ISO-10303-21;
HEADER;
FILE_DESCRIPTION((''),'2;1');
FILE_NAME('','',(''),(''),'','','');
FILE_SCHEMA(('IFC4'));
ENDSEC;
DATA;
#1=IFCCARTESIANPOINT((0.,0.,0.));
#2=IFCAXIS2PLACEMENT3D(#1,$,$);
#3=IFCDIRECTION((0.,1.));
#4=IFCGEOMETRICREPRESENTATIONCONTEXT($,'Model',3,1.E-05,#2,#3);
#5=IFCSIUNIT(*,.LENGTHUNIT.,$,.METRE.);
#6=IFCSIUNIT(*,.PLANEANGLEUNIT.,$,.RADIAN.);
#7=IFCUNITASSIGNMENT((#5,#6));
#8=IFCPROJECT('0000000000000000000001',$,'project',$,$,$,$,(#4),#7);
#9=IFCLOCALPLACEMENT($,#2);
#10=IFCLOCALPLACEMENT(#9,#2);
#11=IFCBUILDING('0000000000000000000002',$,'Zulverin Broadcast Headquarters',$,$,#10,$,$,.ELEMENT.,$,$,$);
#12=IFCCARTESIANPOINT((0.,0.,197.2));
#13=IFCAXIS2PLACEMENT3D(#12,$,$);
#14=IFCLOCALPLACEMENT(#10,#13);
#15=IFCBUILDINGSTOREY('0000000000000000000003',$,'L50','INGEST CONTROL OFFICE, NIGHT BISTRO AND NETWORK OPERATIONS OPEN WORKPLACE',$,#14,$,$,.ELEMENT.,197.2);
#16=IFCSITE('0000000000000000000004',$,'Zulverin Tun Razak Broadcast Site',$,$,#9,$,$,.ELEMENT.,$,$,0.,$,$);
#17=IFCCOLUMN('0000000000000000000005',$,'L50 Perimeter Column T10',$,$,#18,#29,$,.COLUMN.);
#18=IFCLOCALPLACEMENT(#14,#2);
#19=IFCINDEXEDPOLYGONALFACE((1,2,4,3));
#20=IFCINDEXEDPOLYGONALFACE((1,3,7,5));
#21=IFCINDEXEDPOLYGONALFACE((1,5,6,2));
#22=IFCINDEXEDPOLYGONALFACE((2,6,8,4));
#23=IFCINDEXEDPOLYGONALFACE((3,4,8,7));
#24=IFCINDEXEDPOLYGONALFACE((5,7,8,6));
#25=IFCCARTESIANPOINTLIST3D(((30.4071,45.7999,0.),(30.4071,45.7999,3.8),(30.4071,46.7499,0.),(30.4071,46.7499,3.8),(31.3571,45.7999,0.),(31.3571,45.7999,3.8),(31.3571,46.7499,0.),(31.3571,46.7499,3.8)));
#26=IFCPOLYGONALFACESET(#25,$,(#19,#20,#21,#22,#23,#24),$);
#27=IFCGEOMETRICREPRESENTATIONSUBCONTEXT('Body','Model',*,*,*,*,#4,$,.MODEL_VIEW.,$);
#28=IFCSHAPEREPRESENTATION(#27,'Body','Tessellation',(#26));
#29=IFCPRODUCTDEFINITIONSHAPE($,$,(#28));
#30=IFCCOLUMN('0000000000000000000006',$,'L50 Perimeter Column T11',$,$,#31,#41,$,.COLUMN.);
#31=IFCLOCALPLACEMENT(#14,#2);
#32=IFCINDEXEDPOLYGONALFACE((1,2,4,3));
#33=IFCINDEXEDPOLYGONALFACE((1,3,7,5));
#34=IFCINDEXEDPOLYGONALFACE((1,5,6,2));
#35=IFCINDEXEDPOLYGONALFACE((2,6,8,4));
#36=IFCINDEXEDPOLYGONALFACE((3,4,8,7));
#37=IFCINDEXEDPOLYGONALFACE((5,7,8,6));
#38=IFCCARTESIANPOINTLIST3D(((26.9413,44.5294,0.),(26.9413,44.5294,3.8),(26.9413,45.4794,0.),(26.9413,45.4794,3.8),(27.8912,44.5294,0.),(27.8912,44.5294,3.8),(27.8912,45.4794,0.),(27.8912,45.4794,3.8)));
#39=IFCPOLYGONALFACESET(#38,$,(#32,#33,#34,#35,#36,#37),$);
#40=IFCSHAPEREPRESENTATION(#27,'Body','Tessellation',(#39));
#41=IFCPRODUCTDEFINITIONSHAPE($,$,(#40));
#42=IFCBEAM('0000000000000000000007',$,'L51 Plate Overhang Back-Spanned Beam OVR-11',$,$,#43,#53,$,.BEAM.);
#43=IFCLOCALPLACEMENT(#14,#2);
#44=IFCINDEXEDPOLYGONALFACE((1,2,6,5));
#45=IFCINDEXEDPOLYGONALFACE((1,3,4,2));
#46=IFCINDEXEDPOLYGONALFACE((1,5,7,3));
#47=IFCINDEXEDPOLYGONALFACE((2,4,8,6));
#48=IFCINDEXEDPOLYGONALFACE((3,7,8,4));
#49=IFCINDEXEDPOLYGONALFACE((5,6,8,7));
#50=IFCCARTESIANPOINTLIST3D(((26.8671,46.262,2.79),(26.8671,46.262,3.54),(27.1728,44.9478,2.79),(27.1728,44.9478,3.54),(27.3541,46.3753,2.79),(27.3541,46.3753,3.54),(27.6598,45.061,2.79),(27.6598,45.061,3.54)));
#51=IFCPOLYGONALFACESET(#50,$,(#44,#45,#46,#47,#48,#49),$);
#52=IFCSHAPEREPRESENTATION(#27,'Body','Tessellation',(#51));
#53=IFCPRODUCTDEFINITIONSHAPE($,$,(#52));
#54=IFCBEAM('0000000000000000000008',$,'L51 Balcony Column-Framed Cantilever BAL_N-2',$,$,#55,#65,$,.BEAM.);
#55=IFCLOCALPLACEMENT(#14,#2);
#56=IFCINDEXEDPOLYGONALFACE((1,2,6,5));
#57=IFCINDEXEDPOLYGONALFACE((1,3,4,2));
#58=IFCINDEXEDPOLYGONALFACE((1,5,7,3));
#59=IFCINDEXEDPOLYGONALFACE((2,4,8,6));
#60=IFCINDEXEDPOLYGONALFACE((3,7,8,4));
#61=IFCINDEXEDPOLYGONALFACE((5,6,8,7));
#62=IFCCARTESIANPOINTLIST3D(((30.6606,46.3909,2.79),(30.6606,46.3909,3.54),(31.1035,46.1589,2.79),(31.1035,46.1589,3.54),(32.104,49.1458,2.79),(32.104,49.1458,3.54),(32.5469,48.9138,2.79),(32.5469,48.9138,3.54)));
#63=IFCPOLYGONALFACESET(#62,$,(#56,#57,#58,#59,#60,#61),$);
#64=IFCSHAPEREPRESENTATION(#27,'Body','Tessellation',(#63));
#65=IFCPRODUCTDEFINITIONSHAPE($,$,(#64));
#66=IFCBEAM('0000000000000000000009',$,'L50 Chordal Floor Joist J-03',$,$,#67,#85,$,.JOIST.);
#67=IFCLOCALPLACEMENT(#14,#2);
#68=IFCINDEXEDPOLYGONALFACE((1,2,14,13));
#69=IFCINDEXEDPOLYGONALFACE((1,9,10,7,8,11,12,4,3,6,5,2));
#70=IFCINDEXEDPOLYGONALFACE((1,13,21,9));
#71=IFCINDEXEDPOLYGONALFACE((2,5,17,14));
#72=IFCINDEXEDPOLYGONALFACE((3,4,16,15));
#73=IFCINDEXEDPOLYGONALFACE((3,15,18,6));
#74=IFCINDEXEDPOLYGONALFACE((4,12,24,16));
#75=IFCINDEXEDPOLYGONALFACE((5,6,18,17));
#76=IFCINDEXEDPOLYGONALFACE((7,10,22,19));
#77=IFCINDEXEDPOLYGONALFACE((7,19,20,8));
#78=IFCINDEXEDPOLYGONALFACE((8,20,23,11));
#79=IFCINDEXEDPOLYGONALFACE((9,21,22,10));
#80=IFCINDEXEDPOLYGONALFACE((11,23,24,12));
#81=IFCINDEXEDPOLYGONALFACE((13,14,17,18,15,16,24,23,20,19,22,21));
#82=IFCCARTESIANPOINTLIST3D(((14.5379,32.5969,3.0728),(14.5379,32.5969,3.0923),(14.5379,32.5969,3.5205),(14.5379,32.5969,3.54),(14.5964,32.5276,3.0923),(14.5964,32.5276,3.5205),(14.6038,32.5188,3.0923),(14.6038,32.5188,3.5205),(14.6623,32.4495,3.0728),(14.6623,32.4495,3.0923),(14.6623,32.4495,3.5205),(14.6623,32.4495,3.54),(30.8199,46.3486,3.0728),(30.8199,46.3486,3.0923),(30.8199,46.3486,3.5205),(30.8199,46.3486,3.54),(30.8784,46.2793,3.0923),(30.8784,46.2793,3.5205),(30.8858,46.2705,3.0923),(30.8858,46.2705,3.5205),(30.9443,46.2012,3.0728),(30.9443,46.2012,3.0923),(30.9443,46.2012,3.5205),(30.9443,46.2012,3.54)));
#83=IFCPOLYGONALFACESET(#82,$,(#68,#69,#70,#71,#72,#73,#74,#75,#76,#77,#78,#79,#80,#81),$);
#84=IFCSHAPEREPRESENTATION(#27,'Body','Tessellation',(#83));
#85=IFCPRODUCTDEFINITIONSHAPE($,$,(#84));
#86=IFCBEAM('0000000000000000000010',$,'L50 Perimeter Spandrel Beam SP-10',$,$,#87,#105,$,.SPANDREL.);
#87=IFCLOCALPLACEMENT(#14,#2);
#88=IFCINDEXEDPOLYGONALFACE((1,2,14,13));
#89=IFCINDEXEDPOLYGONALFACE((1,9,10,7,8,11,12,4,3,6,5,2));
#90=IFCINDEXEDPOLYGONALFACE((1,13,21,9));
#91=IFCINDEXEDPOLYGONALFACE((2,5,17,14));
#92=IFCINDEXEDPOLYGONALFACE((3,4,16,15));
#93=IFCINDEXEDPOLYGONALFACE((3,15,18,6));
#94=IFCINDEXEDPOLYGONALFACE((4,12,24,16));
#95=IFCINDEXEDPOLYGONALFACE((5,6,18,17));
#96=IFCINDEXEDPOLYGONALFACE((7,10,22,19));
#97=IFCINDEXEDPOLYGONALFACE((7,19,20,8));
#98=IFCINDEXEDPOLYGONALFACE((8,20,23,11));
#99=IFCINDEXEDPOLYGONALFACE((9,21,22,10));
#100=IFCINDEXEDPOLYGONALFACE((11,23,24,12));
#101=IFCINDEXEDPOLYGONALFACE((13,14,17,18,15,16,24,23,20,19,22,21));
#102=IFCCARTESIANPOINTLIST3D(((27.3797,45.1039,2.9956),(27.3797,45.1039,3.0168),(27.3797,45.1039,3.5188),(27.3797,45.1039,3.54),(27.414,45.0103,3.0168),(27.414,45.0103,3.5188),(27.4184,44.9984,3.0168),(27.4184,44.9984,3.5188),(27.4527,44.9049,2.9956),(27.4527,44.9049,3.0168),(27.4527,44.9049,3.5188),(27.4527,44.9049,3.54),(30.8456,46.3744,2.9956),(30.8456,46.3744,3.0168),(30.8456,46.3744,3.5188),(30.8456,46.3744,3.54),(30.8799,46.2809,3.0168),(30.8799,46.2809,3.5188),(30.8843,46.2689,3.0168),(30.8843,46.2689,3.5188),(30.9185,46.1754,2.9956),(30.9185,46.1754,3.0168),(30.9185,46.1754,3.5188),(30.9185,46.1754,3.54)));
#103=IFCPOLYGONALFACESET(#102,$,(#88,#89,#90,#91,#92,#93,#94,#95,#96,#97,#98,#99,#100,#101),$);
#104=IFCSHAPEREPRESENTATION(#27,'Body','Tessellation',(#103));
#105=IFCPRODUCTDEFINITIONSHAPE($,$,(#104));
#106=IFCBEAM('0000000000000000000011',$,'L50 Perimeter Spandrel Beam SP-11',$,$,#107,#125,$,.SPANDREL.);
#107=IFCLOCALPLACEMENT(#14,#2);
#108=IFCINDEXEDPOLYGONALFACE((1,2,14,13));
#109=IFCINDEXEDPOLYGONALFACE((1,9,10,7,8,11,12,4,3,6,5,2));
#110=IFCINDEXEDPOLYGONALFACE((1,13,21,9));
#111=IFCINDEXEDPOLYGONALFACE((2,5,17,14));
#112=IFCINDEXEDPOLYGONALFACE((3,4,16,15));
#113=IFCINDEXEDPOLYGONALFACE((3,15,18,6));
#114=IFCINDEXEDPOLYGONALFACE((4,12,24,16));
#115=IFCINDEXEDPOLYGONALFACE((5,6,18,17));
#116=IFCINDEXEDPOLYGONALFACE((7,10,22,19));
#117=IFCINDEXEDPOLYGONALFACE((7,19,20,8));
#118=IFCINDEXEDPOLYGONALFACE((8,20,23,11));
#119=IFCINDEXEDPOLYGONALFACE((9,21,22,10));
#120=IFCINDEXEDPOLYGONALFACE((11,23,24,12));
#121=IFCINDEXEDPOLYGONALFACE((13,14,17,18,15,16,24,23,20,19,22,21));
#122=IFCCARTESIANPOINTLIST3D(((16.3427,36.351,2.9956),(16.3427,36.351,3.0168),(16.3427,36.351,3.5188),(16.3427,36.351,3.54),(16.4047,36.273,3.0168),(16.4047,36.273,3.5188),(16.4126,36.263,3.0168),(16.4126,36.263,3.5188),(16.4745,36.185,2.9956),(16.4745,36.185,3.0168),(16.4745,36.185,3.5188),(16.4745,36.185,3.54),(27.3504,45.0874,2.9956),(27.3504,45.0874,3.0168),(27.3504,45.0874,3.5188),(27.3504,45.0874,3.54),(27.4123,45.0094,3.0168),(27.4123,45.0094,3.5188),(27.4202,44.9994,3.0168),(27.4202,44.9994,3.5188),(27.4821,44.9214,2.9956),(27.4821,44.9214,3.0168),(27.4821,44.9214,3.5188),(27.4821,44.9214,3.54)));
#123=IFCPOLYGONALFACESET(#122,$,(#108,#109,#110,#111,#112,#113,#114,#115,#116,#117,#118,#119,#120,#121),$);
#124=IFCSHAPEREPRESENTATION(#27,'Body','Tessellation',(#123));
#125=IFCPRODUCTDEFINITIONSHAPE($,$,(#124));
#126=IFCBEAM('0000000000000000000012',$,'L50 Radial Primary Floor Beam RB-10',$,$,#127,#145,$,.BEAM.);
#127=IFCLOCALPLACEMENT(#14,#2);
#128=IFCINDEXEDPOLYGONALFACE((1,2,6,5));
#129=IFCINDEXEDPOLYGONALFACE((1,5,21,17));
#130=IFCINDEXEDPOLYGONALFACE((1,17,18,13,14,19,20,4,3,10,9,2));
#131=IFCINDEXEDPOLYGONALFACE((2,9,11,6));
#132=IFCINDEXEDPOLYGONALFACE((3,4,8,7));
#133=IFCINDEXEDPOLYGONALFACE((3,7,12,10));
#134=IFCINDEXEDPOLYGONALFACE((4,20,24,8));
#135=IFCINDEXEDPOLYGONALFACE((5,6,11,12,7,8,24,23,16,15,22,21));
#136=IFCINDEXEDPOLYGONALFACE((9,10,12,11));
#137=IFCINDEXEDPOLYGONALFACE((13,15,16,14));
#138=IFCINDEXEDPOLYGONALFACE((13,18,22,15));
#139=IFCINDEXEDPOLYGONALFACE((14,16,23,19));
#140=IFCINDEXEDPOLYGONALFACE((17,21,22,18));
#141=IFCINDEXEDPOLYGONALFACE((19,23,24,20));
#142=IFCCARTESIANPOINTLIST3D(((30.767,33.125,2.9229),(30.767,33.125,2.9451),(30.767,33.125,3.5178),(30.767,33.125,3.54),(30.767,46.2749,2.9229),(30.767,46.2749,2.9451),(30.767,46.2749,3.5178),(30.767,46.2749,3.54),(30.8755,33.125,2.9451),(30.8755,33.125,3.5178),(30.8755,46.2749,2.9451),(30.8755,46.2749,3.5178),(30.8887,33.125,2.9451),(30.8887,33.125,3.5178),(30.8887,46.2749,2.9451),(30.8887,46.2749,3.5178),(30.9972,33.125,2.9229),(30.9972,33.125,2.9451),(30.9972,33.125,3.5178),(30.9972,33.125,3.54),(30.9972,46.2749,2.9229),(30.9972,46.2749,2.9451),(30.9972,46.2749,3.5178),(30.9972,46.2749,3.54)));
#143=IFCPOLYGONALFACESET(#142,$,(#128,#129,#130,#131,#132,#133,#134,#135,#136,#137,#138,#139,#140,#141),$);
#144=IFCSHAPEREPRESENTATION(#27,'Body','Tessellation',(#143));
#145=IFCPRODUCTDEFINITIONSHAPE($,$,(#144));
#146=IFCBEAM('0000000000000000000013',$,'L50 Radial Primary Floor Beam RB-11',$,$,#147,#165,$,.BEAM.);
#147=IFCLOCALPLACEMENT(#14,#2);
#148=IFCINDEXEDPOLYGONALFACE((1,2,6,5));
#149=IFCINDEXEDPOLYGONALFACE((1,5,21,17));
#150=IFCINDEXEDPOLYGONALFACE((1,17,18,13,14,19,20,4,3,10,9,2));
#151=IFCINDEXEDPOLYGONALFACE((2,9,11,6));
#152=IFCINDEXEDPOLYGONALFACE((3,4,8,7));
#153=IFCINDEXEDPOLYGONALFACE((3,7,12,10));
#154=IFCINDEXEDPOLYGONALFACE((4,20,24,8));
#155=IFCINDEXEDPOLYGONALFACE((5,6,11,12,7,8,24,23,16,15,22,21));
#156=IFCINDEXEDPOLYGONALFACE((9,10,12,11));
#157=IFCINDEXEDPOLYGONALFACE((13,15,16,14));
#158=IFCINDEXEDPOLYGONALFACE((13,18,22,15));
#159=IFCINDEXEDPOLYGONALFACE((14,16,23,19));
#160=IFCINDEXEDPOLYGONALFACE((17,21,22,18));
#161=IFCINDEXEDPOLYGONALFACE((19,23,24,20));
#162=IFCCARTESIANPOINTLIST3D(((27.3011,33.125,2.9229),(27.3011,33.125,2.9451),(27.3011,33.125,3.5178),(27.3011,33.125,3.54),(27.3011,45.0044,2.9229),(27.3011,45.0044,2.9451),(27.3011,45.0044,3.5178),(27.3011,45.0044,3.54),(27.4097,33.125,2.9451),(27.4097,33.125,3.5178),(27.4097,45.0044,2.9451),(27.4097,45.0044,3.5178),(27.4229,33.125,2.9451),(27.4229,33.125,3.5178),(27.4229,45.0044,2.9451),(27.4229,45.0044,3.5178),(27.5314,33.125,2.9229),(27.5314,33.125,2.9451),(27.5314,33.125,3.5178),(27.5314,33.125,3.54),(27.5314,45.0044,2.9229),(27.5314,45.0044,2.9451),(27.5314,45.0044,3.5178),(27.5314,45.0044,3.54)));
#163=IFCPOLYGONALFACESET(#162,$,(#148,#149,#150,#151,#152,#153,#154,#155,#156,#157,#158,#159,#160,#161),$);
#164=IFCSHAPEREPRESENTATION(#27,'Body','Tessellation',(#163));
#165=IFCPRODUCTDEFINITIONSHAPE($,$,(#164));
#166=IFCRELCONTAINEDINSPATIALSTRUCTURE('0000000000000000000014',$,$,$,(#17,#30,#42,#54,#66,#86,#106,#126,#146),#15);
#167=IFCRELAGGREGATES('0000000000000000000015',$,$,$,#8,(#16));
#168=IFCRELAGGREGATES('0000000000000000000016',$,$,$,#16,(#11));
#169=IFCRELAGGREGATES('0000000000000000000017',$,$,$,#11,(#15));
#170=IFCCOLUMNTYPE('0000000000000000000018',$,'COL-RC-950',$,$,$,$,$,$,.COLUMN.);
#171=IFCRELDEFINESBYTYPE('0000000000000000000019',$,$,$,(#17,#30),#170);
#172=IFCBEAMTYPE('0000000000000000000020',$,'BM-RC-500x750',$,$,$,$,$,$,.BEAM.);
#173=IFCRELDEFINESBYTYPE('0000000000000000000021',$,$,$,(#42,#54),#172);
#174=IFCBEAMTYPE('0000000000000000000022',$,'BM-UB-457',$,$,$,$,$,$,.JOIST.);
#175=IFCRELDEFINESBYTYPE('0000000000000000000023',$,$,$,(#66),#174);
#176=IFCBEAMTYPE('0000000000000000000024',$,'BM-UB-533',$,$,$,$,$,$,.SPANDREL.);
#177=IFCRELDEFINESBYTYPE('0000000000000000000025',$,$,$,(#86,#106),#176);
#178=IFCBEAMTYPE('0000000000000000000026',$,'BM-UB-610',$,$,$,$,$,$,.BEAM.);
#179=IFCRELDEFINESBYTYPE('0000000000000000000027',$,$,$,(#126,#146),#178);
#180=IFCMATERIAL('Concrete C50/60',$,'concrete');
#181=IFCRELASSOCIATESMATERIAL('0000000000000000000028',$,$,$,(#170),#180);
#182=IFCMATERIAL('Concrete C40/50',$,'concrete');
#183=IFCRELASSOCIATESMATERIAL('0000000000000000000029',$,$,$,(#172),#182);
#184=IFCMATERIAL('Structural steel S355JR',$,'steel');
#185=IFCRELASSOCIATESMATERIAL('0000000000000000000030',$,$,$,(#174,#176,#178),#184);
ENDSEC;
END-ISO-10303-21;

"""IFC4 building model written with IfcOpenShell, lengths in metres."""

from ifc_helpers import new_model, si_unit, direction, frame, origin, origin_2d, place, context, subcontext, project, spatial, rectangle, i_section, extrude, material, material_profile, profile_set, type_object, element, save


model = new_model("IFC4")

# Units and contexts
model_context = context("Model", 3, precision=1e-05, world=origin(), true_north=direction((0.0, 1.0)))
body_context = subcontext(model_context, "Body", "Model", "MODEL_VIEW")
ifc_project = project(units=[si_unit("LENGTHUNIT", "METRE"), si_unit("PLANEANGLEUNIT", "RADIAN")], contexts=[model_context])

# Site, building, storey
site_placement = place(None, origin())
site = spatial("IfcSite", under=ifc_project, at=site_placement, Name="Zulverin Tun Razak Broadcast Site", CompositionType="ELEMENT", RefElevation=0.0)
building_placement = place(site_placement, origin())
building = spatial("IfcBuilding", under=site, at=building_placement, Name="Zulverin Broadcast Headquarters", CompositionType="ELEMENT")
storey_placement = place(building_placement, frame((0.0, 0.0, 197.2)))
storey = spatial("IfcBuildingStorey", under=building, at=storey_placement, Name="L50", Description="INGEST CONTROL OFFICE, NIGHT BISTRO AND NETWORK OPERATIONS OPEN WORKPLACE", CompositionType="ELEMENT", Elevation=197.2)

# Columns
ifc_material_1 = material(Name="Concrete C50/60", Category="concrete")
ifc_material_profile_1 = material_profile(ifc_material_1, rectangle(XDim=0.95, YDim=0.95, at=origin_2d()), Name="Concrete C50/60", Category="concrete")
ifc_profile_set_1 = profile_set([ifc_material_profile_1], Name="Concrete C50/60")
column_type = type_object("IfcColumnType", Name="COL-RC-950", PredefinedType="COLUMN", material=ifc_profile_set_1)
for number, where, z_axis, x_axis, name in (
    (1, (30.8821, 46.2749, 0.0), (0.0, 0.0, 1.0), (1.0, 0.0, 0.0), "L50 Perimeter Column T10"),
    (2, (27.4163, 45.0044, 0.0), (0.0, 0.0, 1.0), (1.0, 0.0, 0.0), "L50 Perimeter Column T11"),
):
    element("IfcColumn", number, at=place(storey_placement, frame(where, z_axis=z_axis, x_axis=x_axis)), inside=storey, type_object=column_type, Name=name, PredefinedType="COLUMN", context=body_context, shape_type="SweptSolid", body=[
        extrude(rectangle(XDim=0.95, YDim=0.95, at=origin_2d()), origin(), (0.0, 0.0, 1.0), 3.8),
    ])

# Beams
ifc_material_2 = material(Name="Concrete C40/50", Category="concrete")
ifc_material_profile_2 = material_profile(ifc_material_2, rectangle(XDim=0.5, YDim=0.75, at=origin_2d()), Name="Concrete C40/50", Category="concrete")
ifc_profile_set_2 = profile_set([ifc_material_profile_2], Name="Concrete C40/50")
beam_type_1 = type_object("IfcBeamType", Name="BM-RC-500x750", PredefinedType="BEAM", material=ifc_profile_set_2)
beam_1_placement = place(storey_placement, frame((27.4163, 45.0044, 3.165), z_axis=(-0.226537, 0.974002, 0.0), x_axis=(-0.974002, -0.226537, 0.0)))
element("IfcBeam", 3, at=beam_1_placement, inside=storey, type_object=beam_type_1, Name="L51 Plate Overhang Back-Spanned Beam OVR-11", PredefinedType="BEAM", context=body_context, shape_type="SweptSolid", body=[
    extrude(rectangle(XDim=0.5, YDim=0.75, at=origin_2d()), origin(), (0.0, 0.0, 1.0), 1.3494),
])
beam_2_placement = place(storey_placement, frame((30.8821, 46.2749, 3.165), z_axis=(0.464089, 0.885789, 0.0), x_axis=(-0.885789, 0.464089, 0.0)))
element("IfcBeam", 4, at=beam_2_placement, inside=storey, type_object=beam_type_1, Name="L51 Balcony Column-Framed Cantilever BAL_N-2", PredefinedType="BEAM", context=body_context, shape_type="SweptSolid", body=[
    extrude(rectangle(XDim=0.5, YDim=0.75, at=origin_2d()), origin(), (0.0, 0.0, 1.0), 3.1101),
])
ifc_material_3 = material(Name="Structural steel S355JR", Category="steel")
ifc_material_profile_3 = material_profile(ifc_material_3, i_section(OverallWidth=0.1929, OverallDepth=0.4673, WebThickness=0.0115, FlangeThickness=0.0195, at=origin_2d()), Name="Structural steel S355JR", Category="steel")
ifc_profile_set_3 = profile_set([ifc_material_profile_3], Name="Structural steel S355JR")
beam_type_2 = type_object("IfcBeamType", Name="BM-UB-457", PredefinedType="JOIST", material=ifc_profile_set_3)
beam_3_placement = place(storey_placement, frame((30.8821, 46.2749, 3.3064), z_axis=(-0.763973, -0.645249, 0.0), x_axis=(0.645249, -0.763973, 0.0)))
element("IfcBeam", 5, at=beam_3_placement, inside=storey, type_object=beam_type_2, Name="L50 Chordal Floor Joist J-03", PredefinedType="JOIST", context=body_context, shape_type="SweptSolid", body=[
    extrude(i_section(OverallWidth=0.1929, OverallDepth=0.4673, WebThickness=0.0115, FlangeThickness=0.0195, at=origin_2d()), origin(), (0.0, 0.0, 1.0), 21.3123),
])
ifc_material_profile_4 = material_profile(ifc_material_3, i_section(OverallWidth=0.2119, OverallDepth=0.5444, WebThickness=0.0127, FlangeThickness=0.0212, at=origin_2d()), Name="Structural steel S355JR", Category="steel")
ifc_profile_set_4 = profile_set([ifc_material_profile_4], Name="Structural steel S355JR")
beam_type_3 = type_object("IfcBeamType", Name="BM-UB-533", PredefinedType="SPANDREL", material=ifc_profile_set_4)
beam_4_placement = place(storey_placement, frame((30.8821, 46.2749, 3.2678), z_axis=(-0.938902, -0.344185, 0.0), x_axis=(0.344185, -0.938902, 0.0)))
element("IfcBeam", 6, at=beam_4_placement, inside=storey, type_object=beam_type_3, Name="L50 Perimeter Spandrel Beam SP-10", PredefinedType="SPANDREL", context=body_context, shape_type="SweptSolid", body=[
    extrude(i_section(OverallWidth=0.2119, OverallDepth=0.5444, WebThickness=0.0127, FlangeThickness=0.0212, at=origin_2d()), origin(), (0.0, 0.0, 1.0), 3.6914),
])
beam_5_placement = place(storey_placement, frame((27.4163, 45.0044, 3.2678), z_axis=(-0.783283, -0.621665, 0.0), x_axis=(0.621665, -0.783283, 0.0)))
element("IfcBeam", 7, at=beam_5_placement, inside=storey, type_object=beam_type_3, Name="L50 Perimeter Spandrel Beam SP-11", PredefinedType="SPANDREL", context=body_context, shape_type="SweptSolid", body=[
    extrude(i_section(OverallWidth=0.2119, OverallDepth=0.5444, WebThickness=0.0127, FlangeThickness=0.0212, at=origin_2d()), origin(), (0.0, 0.0, 1.0), 14.0532),
])
ifc_material_profile_5 = material_profile(ifc_material_3, i_section(OverallWidth=0.2302, OverallDepth=0.6172, WebThickness=0.0132, FlangeThickness=0.0222, at=origin_2d()), Name="Structural steel S355JR", Category="steel")
ifc_profile_set_5 = profile_set([ifc_material_profile_5], Name="Structural steel S355JR")
beam_type_4 = type_object("IfcBeamType", Name="BM-UB-610", PredefinedType="BEAM", material=ifc_profile_set_5)
beam_6_placement = place(storey_placement, frame((30.8821, 33.125, 3.2314), z_axis=(0.0, 1.0, 0.0), x_axis=(-1.0, 0.0, 0.0)))
element("IfcBeam", 8, at=beam_6_placement, inside=storey, type_object=beam_type_4, Name="L50 Radial Primary Floor Beam RB-10", PredefinedType="BEAM", context=body_context, shape_type="SweptSolid", body=[
    extrude(i_section(OverallWidth=0.2302, OverallDepth=0.6172, WebThickness=0.0132, FlangeThickness=0.0222, at=origin_2d()), origin(), (0.0, 0.0, 1.0), 13.1499),
])
beam_7_placement = place(storey_placement, frame((27.4163, 33.125, 3.2314), z_axis=(0.0, 1.0, 0.0), x_axis=(-1.0, 0.0, 0.0)))
element("IfcBeam", 9, at=beam_7_placement, inside=storey, type_object=beam_type_4, Name="L50 Radial Primary Floor Beam RB-11", PredefinedType="BEAM", context=body_context, shape_type="SweptSolid", body=[
    extrude(i_section(OverallWidth=0.2302, OverallDepth=0.6172, WebThickness=0.0132, FlangeThickness=0.0222, at=origin_2d()), origin(), (0.0, 0.0, 1.0), 11.8794),
])

save(model, "model.ifc")
